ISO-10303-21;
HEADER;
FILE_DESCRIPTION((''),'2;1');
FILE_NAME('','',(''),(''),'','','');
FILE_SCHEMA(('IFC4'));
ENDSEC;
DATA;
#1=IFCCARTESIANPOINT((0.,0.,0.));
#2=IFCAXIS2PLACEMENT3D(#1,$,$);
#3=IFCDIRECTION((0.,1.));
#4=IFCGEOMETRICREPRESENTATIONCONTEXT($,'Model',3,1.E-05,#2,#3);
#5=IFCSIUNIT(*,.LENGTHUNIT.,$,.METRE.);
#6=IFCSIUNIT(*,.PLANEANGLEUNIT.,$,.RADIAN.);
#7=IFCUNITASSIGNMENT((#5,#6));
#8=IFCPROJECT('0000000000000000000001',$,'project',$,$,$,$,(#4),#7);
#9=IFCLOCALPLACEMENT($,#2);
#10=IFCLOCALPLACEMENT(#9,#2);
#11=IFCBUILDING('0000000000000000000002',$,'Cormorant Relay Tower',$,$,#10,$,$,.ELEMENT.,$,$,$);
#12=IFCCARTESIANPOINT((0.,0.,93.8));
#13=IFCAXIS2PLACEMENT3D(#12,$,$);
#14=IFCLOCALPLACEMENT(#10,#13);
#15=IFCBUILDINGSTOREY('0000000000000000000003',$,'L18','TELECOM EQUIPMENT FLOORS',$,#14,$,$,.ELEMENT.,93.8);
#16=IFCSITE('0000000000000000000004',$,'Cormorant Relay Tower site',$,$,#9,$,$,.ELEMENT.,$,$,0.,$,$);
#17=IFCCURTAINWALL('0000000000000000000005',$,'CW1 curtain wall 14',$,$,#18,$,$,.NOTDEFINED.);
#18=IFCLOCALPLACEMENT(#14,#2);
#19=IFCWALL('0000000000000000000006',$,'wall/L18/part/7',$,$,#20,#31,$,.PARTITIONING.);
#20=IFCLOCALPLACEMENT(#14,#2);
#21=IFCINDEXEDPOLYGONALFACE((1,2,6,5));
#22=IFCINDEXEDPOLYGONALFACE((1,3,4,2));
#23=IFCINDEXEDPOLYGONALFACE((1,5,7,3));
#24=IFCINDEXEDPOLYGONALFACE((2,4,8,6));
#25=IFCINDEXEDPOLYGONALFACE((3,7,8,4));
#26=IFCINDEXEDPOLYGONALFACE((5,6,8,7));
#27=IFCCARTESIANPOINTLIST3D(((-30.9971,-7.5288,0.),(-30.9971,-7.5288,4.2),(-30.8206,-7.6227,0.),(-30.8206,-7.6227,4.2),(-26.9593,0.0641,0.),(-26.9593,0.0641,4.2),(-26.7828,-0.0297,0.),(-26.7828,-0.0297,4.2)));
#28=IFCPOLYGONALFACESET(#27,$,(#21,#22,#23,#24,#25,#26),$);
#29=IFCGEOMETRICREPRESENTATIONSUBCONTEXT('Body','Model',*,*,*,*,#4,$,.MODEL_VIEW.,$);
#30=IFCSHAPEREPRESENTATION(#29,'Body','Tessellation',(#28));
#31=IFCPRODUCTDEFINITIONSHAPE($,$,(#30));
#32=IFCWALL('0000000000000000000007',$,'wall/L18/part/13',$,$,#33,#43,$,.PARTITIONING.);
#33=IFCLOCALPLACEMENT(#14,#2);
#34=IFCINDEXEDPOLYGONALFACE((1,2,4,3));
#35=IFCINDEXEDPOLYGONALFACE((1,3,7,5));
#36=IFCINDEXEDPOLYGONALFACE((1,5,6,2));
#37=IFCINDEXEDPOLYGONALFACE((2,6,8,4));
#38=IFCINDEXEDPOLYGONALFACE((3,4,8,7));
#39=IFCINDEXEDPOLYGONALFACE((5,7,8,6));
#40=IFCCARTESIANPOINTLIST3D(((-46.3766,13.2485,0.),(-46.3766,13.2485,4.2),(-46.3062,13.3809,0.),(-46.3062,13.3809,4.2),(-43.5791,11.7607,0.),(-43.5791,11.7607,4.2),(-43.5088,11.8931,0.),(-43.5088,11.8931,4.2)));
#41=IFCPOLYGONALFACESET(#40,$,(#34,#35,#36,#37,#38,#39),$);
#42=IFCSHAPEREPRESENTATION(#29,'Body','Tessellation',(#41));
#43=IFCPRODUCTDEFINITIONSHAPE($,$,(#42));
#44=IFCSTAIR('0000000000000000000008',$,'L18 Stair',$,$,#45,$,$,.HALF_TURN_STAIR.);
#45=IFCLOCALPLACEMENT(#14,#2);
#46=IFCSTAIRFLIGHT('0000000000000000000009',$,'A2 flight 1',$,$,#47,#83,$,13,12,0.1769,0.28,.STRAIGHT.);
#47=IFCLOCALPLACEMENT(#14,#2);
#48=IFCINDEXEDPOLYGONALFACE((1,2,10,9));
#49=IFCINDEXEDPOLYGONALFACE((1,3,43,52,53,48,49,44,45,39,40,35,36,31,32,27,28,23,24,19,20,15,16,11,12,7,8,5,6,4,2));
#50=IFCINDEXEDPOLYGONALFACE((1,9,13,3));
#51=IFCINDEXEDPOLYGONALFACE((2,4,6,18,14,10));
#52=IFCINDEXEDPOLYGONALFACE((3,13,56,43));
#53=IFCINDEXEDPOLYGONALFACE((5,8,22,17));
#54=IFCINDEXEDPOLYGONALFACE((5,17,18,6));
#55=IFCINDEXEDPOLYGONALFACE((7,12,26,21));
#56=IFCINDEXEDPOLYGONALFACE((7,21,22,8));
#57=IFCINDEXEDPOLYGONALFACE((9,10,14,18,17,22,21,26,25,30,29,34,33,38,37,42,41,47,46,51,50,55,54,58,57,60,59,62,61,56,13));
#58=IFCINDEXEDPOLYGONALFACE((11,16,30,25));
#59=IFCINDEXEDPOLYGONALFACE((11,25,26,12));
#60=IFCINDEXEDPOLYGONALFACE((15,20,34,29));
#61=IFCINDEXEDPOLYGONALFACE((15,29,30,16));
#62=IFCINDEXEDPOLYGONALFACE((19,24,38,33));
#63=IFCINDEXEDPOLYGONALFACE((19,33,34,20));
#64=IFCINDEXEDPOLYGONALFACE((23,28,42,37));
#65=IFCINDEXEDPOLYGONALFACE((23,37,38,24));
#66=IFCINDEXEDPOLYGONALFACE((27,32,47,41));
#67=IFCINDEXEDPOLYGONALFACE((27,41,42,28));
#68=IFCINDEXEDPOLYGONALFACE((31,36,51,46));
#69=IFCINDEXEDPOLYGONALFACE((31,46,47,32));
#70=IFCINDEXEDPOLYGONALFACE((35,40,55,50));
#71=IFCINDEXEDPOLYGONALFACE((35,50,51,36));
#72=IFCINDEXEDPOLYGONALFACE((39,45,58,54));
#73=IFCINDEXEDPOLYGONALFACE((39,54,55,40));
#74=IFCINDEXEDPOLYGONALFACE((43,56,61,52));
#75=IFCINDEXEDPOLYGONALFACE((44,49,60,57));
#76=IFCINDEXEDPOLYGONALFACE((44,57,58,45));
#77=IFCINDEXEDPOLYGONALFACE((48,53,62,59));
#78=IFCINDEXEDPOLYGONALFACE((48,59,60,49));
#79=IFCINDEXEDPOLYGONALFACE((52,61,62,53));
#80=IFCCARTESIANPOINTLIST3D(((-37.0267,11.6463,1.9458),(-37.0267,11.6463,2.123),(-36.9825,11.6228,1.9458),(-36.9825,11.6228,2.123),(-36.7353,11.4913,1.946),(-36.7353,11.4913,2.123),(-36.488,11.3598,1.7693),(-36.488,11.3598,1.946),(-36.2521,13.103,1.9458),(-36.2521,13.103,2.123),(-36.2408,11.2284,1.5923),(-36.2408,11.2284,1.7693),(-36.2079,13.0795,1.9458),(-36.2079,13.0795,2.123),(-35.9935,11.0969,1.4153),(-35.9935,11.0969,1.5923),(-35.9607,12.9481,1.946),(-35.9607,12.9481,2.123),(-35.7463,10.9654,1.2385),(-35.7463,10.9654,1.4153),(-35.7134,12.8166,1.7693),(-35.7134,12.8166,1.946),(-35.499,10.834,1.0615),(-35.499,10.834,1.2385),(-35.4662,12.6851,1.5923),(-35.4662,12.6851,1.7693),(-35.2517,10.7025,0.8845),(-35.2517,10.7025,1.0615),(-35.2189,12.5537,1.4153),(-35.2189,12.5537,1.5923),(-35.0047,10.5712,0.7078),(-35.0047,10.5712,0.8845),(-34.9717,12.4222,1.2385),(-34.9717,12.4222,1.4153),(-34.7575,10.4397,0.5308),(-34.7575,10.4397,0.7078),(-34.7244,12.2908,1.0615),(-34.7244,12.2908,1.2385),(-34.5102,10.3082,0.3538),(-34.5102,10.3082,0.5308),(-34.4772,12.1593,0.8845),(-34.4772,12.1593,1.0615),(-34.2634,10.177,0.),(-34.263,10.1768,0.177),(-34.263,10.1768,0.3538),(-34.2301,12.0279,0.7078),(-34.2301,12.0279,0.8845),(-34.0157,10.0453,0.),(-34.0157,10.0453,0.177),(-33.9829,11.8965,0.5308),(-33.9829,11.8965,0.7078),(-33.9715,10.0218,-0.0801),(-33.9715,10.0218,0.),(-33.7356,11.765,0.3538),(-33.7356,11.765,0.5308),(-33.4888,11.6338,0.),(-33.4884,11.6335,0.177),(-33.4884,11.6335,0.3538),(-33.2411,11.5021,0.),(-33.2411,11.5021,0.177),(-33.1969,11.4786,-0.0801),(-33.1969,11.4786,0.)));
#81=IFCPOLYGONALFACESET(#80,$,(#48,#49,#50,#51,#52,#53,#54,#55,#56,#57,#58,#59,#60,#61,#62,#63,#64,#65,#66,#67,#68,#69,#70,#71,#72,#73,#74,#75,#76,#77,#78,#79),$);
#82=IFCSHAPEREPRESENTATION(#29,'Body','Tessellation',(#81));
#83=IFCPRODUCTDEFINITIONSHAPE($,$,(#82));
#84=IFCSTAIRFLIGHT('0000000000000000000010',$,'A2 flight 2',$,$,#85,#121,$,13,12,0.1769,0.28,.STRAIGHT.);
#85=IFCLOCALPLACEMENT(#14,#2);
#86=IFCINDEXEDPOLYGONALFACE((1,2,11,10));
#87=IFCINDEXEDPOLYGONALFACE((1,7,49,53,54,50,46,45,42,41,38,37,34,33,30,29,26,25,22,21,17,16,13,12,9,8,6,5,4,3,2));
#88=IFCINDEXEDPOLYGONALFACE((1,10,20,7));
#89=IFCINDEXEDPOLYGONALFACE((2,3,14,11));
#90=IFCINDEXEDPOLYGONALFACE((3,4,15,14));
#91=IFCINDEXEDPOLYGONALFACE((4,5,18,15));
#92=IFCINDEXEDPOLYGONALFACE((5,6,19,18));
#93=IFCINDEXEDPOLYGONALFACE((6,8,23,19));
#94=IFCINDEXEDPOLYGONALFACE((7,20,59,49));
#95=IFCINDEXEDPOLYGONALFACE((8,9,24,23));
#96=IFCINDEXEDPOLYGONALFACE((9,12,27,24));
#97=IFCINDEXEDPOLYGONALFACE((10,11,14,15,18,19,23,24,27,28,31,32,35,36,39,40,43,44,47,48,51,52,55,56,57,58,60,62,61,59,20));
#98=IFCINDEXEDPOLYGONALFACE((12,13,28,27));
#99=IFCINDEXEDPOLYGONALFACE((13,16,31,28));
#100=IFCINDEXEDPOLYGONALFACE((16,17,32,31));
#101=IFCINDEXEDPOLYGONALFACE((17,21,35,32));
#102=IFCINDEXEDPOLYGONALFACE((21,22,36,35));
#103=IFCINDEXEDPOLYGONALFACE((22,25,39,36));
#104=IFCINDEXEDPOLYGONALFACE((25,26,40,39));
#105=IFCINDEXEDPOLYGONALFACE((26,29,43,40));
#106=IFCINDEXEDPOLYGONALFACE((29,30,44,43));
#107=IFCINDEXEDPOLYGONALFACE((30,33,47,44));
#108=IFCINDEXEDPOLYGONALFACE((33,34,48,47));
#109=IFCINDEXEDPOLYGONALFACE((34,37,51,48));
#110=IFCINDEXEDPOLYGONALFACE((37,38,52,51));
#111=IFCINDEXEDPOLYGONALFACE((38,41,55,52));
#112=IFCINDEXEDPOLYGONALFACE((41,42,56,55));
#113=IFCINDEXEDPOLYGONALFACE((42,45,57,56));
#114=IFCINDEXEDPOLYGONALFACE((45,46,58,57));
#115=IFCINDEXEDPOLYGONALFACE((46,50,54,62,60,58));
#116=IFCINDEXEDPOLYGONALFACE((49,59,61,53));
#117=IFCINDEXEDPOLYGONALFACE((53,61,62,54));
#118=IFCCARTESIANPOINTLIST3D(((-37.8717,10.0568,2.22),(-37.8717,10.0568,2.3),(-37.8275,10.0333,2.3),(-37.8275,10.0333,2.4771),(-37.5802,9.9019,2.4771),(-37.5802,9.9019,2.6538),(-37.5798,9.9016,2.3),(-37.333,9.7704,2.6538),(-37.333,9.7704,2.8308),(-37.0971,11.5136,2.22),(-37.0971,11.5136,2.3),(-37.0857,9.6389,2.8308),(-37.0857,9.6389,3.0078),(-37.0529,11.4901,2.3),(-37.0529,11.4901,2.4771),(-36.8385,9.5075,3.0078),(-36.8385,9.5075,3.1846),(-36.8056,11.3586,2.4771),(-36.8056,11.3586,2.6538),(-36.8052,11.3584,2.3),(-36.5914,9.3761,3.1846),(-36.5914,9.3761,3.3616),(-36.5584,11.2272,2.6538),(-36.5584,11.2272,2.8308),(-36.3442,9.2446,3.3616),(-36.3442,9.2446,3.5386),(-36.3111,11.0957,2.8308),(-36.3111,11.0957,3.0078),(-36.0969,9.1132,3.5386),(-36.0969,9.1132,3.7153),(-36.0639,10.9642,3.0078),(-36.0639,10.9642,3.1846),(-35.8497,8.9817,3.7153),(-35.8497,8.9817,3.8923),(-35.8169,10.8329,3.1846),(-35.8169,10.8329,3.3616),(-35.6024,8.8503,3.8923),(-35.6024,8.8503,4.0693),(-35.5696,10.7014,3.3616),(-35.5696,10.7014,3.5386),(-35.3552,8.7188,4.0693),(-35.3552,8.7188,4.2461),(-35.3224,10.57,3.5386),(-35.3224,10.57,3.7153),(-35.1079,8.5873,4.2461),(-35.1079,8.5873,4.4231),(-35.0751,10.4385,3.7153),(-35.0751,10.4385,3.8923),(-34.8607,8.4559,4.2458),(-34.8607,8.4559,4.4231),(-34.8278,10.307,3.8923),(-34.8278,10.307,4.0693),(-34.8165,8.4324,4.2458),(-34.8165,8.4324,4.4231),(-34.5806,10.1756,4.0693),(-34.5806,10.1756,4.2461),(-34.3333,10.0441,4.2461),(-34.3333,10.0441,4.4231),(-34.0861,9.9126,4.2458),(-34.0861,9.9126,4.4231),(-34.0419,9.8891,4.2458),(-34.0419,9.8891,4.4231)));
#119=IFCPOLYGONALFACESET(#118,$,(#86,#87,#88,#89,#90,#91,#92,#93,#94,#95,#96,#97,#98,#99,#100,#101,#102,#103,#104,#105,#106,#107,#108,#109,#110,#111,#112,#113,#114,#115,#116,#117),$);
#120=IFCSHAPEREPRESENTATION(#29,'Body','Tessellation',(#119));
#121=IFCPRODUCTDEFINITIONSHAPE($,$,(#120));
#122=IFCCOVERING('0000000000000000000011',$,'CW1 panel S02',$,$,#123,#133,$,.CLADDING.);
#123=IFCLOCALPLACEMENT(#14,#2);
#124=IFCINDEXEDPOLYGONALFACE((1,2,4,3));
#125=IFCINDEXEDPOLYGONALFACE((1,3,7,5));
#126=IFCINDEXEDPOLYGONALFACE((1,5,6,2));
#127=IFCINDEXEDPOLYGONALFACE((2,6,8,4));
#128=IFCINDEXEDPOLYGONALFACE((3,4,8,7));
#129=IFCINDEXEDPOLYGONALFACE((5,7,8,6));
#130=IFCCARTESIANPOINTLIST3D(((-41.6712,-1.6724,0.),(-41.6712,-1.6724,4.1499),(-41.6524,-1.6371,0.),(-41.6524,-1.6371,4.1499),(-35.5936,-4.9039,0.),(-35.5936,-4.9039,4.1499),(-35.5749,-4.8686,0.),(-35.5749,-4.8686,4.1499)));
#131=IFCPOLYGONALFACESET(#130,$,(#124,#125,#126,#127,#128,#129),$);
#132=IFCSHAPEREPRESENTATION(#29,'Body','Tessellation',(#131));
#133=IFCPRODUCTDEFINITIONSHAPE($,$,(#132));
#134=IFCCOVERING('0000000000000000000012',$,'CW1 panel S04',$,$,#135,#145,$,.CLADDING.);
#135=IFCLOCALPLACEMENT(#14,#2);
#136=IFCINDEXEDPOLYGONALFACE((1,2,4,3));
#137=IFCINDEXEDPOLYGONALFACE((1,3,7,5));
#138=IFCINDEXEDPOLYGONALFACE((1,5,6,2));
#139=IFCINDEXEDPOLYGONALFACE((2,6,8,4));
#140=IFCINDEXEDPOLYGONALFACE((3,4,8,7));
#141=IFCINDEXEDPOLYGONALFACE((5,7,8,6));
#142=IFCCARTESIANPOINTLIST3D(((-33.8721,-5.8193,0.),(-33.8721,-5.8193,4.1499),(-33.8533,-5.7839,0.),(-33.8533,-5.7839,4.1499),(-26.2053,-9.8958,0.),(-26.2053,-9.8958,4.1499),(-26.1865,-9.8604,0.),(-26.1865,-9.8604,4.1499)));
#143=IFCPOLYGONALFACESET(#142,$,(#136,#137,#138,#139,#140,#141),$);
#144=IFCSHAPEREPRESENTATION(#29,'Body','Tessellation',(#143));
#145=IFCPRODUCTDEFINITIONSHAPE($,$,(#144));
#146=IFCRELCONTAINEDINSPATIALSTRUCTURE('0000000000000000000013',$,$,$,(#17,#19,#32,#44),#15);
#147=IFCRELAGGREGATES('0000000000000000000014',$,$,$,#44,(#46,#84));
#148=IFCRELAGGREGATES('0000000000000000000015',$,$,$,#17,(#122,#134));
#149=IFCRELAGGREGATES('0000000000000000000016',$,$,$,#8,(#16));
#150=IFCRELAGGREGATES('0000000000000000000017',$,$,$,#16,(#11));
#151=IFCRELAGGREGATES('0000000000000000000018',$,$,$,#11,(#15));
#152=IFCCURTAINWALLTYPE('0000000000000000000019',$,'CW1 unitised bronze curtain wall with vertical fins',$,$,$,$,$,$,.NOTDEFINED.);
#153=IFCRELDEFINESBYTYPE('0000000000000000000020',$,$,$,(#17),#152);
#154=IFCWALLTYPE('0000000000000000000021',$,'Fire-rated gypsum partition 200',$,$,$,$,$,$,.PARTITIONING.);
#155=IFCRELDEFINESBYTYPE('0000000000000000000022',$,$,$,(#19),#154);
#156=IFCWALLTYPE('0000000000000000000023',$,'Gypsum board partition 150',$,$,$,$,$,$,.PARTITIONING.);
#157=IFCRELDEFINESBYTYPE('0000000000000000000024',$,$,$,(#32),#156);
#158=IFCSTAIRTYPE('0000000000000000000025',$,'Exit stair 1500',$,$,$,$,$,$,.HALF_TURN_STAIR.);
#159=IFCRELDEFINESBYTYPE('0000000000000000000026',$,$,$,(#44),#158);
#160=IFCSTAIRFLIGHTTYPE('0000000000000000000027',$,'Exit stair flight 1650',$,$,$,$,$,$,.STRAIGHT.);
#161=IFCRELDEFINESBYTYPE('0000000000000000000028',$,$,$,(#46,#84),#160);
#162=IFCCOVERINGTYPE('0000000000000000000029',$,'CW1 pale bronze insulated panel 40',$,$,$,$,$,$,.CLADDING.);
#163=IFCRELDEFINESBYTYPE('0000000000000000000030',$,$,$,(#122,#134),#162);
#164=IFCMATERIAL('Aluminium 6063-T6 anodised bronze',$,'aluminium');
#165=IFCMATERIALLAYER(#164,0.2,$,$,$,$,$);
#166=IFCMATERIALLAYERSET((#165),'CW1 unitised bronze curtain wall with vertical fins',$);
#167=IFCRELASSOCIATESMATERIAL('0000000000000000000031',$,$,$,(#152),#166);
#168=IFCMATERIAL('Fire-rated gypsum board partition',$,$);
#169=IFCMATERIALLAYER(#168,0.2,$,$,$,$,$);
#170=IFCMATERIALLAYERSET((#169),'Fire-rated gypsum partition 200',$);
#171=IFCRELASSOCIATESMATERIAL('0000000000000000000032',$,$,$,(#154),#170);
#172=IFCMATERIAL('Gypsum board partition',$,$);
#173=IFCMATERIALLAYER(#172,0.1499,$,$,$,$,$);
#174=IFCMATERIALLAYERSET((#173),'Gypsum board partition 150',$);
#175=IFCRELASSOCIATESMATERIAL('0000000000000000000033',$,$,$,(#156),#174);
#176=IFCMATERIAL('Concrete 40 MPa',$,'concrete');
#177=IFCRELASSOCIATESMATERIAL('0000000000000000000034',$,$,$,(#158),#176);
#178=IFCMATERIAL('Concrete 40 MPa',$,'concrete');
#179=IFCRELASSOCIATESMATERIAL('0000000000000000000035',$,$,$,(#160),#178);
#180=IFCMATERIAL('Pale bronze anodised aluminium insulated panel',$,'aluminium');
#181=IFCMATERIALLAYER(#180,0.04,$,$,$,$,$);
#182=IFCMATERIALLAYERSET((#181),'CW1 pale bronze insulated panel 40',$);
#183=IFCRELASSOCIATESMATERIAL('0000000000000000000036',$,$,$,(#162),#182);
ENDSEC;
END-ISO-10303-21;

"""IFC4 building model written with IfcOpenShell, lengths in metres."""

from ifc_helpers import new_model, si_unit, direction, frame, frame_2d, origin, origin_2d, place, context, subcontext, project, spatial, polyline, rectangle, outline, extrude, material, layer, layer_set, type_object, element, aggregate, save


model = new_model("IFC4")

# Units and contexts
model_context = context("Model", 3, precision=1e-05, world=origin(), true_north=direction((0.0, 1.0)))
body_context = subcontext(model_context, "Body", "Model", "MODEL_VIEW")
ifc_project = project(units=[si_unit("LENGTHUNIT", "METRE"), si_unit("PLANEANGLEUNIT", "RADIAN")], contexts=[model_context])

# Site, building, storey
site_placement = place(None, origin())
site = spatial("IfcSite", under=ifc_project, at=site_placement, Name="Cormorant Relay Tower site", CompositionType="ELEMENT", RefElevation=0.0)
building_placement = place(site_placement, origin())
building = spatial("IfcBuilding", under=site, at=building_placement, Name="Cormorant Relay Tower", CompositionType="ELEMENT")
storey_placement = place(building_placement, frame((0.0, 0.0, 93.8)))
storey = spatial("IfcBuildingStorey", under=building, at=storey_placement, Name="L18", Description="TELECOM EQUIPMENT FLOORS", CompositionType="ELEMENT", Elevation=93.8)

# Curtain wall
ifc_material_1 = material(Name="Aluminium 6063-T6 anodised bronze", Category="aluminium")
ifc_layer_1 = layer(ifc_material_1, 0.2)
ifc_layer_set_1 = layer_set([ifc_layer_1], Name="CW1 unitised bronze curtain wall with vertical fins")
curtain_wall_type = type_object("IfcCurtainWallType", Name="CW1 unitised bronze curtain wall with vertical fins", PredefinedType="NOTDEFINED", material=ifc_layer_set_1)
curtain_wall_placement = place(storey_placement, origin())
curtain_wall = element("IfcCurtainWall", 1, at=curtain_wall_placement, inside=storey, type_object=curtain_wall_type, Name="CW1 curtain wall 14", PredefinedType="NOTDEFINED")

# Walls
ifc_material_2 = material(Name="Fire-rated gypsum board partition")
ifc_layer_2 = layer(ifc_material_2, 0.2)
ifc_layer_set_2 = layer_set([ifc_layer_2], Name="Fire-rated gypsum partition 200")
wall_type_1 = type_object("IfcWallType", Name="Fire-rated gypsum partition 200", PredefinedType="PARTITIONING", material=ifc_layer_set_2)
wall_1_placement = place(storey_placement, frame((-26.8711, 0.0171, 0.0), z_axis=(0.0, 0.0, 1.0), x_axis=(-0.469523, -0.88292, 0.0)))
element("IfcWall", 2, at=wall_1_placement, inside=storey, type_object=wall_type_1, Name="wall/L18/part/7", PredefinedType="PARTITIONING", context=body_context, shape_type="SweptSolid", body=[
    extrude(rectangle(XDim=8.5999, YDim=0.2, at=frame_2d((4.2998, 0.0))), origin(), (0.0, 0.0, 1.0), 4.2),
])
ifc_material_3 = material(Name="Gypsum board partition")
ifc_layer_3 = layer(ifc_material_3, 0.1499)
ifc_layer_set_3 = layer_set([ifc_layer_3], Name="Gypsum board partition 150")
wall_type_2 = type_object("IfcWallType", Name="Gypsum board partition 150", PredefinedType="PARTITIONING", material=ifc_layer_set_3)
wall_2_placement = place(storey_placement, frame((-43.5439, 11.8269, 0.0), z_axis=(0.0, 0.0, 1.0), x_axis=(-0.882894, 0.469572, 0.0)))
element("IfcWall", 3, at=wall_2_placement, inside=storey, type_object=wall_type_2, Name="wall/L18/part/13", PredefinedType="PARTITIONING", context=body_context, shape_type="SweptSolid", body=[
    extrude(rectangle(XDim=3.1685, YDim=0.1499, at=frame_2d((1.5842, 0.0))), origin(), (0.0, 0.0, 1.0), 4.2),
])

# Stair, stair flights
ifc_material_4 = material(Name="Concrete 40 MPa", Category="concrete")
stair_type = type_object("IfcStairType", Name="Exit stair 1500", PredefinedType="HALF_TURN_STAIR", material=ifc_material_4)
stair_placement = place(storey_placement, origin())
stair = element("IfcStair", 4, at=stair_placement, inside=storey, type_object=stair_type, Name="L18 Stair", PredefinedType="HALF_TURN_STAIR")
ifc_material_5 = material(Name="Concrete 40 MPa", Category="concrete")
stair_flight_type = type_object("IfcStairFlightType", Name="Exit stair flight 1650", PredefinedType="STRAIGHT", material=ifc_material_5)
stair_flight_1_placement = place(storey_placement, frame((-33.6284, 10.7737, 0.0), z_axis=(0.0, 0.0, 1.0), x_axis=(-0.882948, 0.469472, 0.0)))
stair_flight_1 = element("IfcStairFlight", 5, at=stair_flight_1_placement, type_object=stair_flight_type, Name="A2 flight 1", NumberOfRisers=13, NumberOfTreads=12, PredefinedType="STRAIGHT", RiserHeight=0.1769, TreadLength=0.28, context=body_context, shape_type="SweptSolid", body=[
    extrude(outline(polyline([(-0.05, -0.0801), (-0.05, 0.0), (0.0, 0.0), (0.0, 0.177), (0.28, 0.177), (0.28, 0.3538), (0.5601, 0.3538), (0.5601, 0.5308), (0.8401, 0.5308), (0.8401, 0.7078), (1.1201, 0.7078), (1.1201, 0.8845), (1.3999, 0.8845), (1.3999, 1.0615), (1.6799, 1.0615), (1.6799, 1.2385), (1.96, 1.2385), (1.96, 1.4153), (2.24, 1.4153), (2.24, 1.5923), (2.52, 1.5923), (2.52, 1.7693), (2.8, 1.7693), (2.8, 1.946), (3.0801, 1.946), (3.0801, 2.123), (3.3601, 2.123), (3.4102, 2.123), (3.4102, 1.9458), (3.3601, 1.9458), (0.2805, 0.0), (-0.05, -0.0801)])), frame((0.0, 0.825, 0.0), z_axis=(0.0, -1.0, 0.0), x_axis=(1.0, 0.0, 0.0)), (0.0, 0.0, 1.0), 1.6499),
])
stair_flight_2_placement = place(storey_placement, frame((-37.4402, 10.7617, 2.3), z_axis=(0.0, 0.0, 1.0), x_axis=(0.882948, -0.469472, 0.0)))
stair_flight_2 = element("IfcStairFlight", 6, at=stair_flight_2_placement, type_object=stair_flight_type, Name="A2 flight 2", NumberOfRisers=13, NumberOfTreads=12, PredefinedType="STRAIGHT", RiserHeight=0.1769, TreadLength=0.28, context=body_context, shape_type="SweptSolid", body=[
    extrude(outline(polyline([(-0.05, -0.0801), (-0.05, 0.0), (0.0, 0.0), (0.0, 0.177), (0.28, 0.177), (0.28, 0.3538), (0.5601, 0.3538), (0.5601, 0.5308), (0.8401, 0.5308), (0.8401, 0.7078), (1.1201, 0.7078), (1.1201, 0.8845), (1.3999, 0.8845), (1.3999, 1.0615), (1.6799, 1.0615), (1.6799, 1.2385), (1.96, 1.2385), (1.96, 1.4153), (2.24, 1.4153), (2.24, 1.5923), (2.52, 1.5923), (2.52, 1.7693), (2.8, 1.7693), (2.8, 1.946), (3.0801, 1.946), (3.0801, 2.123), (3.3601, 2.123), (3.4102, 2.123), (3.4102, 1.9458), (3.3601, 1.9458), (0.2805, 0.0), (-0.05, -0.0801)])), frame((0.0, 0.825, 0.0), z_axis=(0.0, -1.0, 0.0), x_axis=(1.0, 0.0, 0.0)), (0.0, 0.0, 1.0), 1.6499),
])
aggregate(stair, [stair_flight_1, stair_flight_2])

# Coverings
ifc_material_6 = material(Name="Pale bronze anodised aluminium insulated panel", Category="aluminium")
ifc_layer_4 = layer(ifc_material_6, 0.04)
ifc_layer_set_4 = layer_set([ifc_layer_4], Name="CW1 pale bronze insulated panel 40")
covering_type = type_object("IfcCoveringType", Name="CW1 pale bronze insulated panel 40", PredefinedType="CLADDING", material=ifc_layer_set_4)
covering_1_placement = place(storey_placement, frame((-38.623, -3.2705, 0.0), z_axis=(0.0, 0.0, 1.0), x_axis=(0.882948, -0.469472, 0.0)))
covering_1 = element("IfcCovering", 7, at=covering_1_placement, type_object=covering_type, Name="CW1 panel S02", PredefinedType="CLADDING", context=body_context, shape_type="SweptSolid", body=[
    extrude(rectangle(XDim=6.8833, YDim=0.04, at=origin_2d()), origin(), (0.0, 0.0, 1.0), 4.1499),
])
covering_2_placement = place(storey_placement, frame((-30.0293, -7.8398, 0.0), z_axis=(0.0, 0.0, 1.0), x_axis=(0.882948, -0.469472, 0.0)))
covering_2 = element("IfcCovering", 8, at=covering_2_placement, type_object=covering_type, Name="CW1 panel S04", PredefinedType="CLADDING", context=body_context, shape_type="SweptSolid", body=[
    extrude(rectangle(XDim=8.6831, YDim=0.04, at=origin_2d()), origin(), (0.0, 0.0, 1.0), 4.1499),
])
aggregate(curtain_wall, [covering_1, covering_2])

save(model, "model.ifc")
